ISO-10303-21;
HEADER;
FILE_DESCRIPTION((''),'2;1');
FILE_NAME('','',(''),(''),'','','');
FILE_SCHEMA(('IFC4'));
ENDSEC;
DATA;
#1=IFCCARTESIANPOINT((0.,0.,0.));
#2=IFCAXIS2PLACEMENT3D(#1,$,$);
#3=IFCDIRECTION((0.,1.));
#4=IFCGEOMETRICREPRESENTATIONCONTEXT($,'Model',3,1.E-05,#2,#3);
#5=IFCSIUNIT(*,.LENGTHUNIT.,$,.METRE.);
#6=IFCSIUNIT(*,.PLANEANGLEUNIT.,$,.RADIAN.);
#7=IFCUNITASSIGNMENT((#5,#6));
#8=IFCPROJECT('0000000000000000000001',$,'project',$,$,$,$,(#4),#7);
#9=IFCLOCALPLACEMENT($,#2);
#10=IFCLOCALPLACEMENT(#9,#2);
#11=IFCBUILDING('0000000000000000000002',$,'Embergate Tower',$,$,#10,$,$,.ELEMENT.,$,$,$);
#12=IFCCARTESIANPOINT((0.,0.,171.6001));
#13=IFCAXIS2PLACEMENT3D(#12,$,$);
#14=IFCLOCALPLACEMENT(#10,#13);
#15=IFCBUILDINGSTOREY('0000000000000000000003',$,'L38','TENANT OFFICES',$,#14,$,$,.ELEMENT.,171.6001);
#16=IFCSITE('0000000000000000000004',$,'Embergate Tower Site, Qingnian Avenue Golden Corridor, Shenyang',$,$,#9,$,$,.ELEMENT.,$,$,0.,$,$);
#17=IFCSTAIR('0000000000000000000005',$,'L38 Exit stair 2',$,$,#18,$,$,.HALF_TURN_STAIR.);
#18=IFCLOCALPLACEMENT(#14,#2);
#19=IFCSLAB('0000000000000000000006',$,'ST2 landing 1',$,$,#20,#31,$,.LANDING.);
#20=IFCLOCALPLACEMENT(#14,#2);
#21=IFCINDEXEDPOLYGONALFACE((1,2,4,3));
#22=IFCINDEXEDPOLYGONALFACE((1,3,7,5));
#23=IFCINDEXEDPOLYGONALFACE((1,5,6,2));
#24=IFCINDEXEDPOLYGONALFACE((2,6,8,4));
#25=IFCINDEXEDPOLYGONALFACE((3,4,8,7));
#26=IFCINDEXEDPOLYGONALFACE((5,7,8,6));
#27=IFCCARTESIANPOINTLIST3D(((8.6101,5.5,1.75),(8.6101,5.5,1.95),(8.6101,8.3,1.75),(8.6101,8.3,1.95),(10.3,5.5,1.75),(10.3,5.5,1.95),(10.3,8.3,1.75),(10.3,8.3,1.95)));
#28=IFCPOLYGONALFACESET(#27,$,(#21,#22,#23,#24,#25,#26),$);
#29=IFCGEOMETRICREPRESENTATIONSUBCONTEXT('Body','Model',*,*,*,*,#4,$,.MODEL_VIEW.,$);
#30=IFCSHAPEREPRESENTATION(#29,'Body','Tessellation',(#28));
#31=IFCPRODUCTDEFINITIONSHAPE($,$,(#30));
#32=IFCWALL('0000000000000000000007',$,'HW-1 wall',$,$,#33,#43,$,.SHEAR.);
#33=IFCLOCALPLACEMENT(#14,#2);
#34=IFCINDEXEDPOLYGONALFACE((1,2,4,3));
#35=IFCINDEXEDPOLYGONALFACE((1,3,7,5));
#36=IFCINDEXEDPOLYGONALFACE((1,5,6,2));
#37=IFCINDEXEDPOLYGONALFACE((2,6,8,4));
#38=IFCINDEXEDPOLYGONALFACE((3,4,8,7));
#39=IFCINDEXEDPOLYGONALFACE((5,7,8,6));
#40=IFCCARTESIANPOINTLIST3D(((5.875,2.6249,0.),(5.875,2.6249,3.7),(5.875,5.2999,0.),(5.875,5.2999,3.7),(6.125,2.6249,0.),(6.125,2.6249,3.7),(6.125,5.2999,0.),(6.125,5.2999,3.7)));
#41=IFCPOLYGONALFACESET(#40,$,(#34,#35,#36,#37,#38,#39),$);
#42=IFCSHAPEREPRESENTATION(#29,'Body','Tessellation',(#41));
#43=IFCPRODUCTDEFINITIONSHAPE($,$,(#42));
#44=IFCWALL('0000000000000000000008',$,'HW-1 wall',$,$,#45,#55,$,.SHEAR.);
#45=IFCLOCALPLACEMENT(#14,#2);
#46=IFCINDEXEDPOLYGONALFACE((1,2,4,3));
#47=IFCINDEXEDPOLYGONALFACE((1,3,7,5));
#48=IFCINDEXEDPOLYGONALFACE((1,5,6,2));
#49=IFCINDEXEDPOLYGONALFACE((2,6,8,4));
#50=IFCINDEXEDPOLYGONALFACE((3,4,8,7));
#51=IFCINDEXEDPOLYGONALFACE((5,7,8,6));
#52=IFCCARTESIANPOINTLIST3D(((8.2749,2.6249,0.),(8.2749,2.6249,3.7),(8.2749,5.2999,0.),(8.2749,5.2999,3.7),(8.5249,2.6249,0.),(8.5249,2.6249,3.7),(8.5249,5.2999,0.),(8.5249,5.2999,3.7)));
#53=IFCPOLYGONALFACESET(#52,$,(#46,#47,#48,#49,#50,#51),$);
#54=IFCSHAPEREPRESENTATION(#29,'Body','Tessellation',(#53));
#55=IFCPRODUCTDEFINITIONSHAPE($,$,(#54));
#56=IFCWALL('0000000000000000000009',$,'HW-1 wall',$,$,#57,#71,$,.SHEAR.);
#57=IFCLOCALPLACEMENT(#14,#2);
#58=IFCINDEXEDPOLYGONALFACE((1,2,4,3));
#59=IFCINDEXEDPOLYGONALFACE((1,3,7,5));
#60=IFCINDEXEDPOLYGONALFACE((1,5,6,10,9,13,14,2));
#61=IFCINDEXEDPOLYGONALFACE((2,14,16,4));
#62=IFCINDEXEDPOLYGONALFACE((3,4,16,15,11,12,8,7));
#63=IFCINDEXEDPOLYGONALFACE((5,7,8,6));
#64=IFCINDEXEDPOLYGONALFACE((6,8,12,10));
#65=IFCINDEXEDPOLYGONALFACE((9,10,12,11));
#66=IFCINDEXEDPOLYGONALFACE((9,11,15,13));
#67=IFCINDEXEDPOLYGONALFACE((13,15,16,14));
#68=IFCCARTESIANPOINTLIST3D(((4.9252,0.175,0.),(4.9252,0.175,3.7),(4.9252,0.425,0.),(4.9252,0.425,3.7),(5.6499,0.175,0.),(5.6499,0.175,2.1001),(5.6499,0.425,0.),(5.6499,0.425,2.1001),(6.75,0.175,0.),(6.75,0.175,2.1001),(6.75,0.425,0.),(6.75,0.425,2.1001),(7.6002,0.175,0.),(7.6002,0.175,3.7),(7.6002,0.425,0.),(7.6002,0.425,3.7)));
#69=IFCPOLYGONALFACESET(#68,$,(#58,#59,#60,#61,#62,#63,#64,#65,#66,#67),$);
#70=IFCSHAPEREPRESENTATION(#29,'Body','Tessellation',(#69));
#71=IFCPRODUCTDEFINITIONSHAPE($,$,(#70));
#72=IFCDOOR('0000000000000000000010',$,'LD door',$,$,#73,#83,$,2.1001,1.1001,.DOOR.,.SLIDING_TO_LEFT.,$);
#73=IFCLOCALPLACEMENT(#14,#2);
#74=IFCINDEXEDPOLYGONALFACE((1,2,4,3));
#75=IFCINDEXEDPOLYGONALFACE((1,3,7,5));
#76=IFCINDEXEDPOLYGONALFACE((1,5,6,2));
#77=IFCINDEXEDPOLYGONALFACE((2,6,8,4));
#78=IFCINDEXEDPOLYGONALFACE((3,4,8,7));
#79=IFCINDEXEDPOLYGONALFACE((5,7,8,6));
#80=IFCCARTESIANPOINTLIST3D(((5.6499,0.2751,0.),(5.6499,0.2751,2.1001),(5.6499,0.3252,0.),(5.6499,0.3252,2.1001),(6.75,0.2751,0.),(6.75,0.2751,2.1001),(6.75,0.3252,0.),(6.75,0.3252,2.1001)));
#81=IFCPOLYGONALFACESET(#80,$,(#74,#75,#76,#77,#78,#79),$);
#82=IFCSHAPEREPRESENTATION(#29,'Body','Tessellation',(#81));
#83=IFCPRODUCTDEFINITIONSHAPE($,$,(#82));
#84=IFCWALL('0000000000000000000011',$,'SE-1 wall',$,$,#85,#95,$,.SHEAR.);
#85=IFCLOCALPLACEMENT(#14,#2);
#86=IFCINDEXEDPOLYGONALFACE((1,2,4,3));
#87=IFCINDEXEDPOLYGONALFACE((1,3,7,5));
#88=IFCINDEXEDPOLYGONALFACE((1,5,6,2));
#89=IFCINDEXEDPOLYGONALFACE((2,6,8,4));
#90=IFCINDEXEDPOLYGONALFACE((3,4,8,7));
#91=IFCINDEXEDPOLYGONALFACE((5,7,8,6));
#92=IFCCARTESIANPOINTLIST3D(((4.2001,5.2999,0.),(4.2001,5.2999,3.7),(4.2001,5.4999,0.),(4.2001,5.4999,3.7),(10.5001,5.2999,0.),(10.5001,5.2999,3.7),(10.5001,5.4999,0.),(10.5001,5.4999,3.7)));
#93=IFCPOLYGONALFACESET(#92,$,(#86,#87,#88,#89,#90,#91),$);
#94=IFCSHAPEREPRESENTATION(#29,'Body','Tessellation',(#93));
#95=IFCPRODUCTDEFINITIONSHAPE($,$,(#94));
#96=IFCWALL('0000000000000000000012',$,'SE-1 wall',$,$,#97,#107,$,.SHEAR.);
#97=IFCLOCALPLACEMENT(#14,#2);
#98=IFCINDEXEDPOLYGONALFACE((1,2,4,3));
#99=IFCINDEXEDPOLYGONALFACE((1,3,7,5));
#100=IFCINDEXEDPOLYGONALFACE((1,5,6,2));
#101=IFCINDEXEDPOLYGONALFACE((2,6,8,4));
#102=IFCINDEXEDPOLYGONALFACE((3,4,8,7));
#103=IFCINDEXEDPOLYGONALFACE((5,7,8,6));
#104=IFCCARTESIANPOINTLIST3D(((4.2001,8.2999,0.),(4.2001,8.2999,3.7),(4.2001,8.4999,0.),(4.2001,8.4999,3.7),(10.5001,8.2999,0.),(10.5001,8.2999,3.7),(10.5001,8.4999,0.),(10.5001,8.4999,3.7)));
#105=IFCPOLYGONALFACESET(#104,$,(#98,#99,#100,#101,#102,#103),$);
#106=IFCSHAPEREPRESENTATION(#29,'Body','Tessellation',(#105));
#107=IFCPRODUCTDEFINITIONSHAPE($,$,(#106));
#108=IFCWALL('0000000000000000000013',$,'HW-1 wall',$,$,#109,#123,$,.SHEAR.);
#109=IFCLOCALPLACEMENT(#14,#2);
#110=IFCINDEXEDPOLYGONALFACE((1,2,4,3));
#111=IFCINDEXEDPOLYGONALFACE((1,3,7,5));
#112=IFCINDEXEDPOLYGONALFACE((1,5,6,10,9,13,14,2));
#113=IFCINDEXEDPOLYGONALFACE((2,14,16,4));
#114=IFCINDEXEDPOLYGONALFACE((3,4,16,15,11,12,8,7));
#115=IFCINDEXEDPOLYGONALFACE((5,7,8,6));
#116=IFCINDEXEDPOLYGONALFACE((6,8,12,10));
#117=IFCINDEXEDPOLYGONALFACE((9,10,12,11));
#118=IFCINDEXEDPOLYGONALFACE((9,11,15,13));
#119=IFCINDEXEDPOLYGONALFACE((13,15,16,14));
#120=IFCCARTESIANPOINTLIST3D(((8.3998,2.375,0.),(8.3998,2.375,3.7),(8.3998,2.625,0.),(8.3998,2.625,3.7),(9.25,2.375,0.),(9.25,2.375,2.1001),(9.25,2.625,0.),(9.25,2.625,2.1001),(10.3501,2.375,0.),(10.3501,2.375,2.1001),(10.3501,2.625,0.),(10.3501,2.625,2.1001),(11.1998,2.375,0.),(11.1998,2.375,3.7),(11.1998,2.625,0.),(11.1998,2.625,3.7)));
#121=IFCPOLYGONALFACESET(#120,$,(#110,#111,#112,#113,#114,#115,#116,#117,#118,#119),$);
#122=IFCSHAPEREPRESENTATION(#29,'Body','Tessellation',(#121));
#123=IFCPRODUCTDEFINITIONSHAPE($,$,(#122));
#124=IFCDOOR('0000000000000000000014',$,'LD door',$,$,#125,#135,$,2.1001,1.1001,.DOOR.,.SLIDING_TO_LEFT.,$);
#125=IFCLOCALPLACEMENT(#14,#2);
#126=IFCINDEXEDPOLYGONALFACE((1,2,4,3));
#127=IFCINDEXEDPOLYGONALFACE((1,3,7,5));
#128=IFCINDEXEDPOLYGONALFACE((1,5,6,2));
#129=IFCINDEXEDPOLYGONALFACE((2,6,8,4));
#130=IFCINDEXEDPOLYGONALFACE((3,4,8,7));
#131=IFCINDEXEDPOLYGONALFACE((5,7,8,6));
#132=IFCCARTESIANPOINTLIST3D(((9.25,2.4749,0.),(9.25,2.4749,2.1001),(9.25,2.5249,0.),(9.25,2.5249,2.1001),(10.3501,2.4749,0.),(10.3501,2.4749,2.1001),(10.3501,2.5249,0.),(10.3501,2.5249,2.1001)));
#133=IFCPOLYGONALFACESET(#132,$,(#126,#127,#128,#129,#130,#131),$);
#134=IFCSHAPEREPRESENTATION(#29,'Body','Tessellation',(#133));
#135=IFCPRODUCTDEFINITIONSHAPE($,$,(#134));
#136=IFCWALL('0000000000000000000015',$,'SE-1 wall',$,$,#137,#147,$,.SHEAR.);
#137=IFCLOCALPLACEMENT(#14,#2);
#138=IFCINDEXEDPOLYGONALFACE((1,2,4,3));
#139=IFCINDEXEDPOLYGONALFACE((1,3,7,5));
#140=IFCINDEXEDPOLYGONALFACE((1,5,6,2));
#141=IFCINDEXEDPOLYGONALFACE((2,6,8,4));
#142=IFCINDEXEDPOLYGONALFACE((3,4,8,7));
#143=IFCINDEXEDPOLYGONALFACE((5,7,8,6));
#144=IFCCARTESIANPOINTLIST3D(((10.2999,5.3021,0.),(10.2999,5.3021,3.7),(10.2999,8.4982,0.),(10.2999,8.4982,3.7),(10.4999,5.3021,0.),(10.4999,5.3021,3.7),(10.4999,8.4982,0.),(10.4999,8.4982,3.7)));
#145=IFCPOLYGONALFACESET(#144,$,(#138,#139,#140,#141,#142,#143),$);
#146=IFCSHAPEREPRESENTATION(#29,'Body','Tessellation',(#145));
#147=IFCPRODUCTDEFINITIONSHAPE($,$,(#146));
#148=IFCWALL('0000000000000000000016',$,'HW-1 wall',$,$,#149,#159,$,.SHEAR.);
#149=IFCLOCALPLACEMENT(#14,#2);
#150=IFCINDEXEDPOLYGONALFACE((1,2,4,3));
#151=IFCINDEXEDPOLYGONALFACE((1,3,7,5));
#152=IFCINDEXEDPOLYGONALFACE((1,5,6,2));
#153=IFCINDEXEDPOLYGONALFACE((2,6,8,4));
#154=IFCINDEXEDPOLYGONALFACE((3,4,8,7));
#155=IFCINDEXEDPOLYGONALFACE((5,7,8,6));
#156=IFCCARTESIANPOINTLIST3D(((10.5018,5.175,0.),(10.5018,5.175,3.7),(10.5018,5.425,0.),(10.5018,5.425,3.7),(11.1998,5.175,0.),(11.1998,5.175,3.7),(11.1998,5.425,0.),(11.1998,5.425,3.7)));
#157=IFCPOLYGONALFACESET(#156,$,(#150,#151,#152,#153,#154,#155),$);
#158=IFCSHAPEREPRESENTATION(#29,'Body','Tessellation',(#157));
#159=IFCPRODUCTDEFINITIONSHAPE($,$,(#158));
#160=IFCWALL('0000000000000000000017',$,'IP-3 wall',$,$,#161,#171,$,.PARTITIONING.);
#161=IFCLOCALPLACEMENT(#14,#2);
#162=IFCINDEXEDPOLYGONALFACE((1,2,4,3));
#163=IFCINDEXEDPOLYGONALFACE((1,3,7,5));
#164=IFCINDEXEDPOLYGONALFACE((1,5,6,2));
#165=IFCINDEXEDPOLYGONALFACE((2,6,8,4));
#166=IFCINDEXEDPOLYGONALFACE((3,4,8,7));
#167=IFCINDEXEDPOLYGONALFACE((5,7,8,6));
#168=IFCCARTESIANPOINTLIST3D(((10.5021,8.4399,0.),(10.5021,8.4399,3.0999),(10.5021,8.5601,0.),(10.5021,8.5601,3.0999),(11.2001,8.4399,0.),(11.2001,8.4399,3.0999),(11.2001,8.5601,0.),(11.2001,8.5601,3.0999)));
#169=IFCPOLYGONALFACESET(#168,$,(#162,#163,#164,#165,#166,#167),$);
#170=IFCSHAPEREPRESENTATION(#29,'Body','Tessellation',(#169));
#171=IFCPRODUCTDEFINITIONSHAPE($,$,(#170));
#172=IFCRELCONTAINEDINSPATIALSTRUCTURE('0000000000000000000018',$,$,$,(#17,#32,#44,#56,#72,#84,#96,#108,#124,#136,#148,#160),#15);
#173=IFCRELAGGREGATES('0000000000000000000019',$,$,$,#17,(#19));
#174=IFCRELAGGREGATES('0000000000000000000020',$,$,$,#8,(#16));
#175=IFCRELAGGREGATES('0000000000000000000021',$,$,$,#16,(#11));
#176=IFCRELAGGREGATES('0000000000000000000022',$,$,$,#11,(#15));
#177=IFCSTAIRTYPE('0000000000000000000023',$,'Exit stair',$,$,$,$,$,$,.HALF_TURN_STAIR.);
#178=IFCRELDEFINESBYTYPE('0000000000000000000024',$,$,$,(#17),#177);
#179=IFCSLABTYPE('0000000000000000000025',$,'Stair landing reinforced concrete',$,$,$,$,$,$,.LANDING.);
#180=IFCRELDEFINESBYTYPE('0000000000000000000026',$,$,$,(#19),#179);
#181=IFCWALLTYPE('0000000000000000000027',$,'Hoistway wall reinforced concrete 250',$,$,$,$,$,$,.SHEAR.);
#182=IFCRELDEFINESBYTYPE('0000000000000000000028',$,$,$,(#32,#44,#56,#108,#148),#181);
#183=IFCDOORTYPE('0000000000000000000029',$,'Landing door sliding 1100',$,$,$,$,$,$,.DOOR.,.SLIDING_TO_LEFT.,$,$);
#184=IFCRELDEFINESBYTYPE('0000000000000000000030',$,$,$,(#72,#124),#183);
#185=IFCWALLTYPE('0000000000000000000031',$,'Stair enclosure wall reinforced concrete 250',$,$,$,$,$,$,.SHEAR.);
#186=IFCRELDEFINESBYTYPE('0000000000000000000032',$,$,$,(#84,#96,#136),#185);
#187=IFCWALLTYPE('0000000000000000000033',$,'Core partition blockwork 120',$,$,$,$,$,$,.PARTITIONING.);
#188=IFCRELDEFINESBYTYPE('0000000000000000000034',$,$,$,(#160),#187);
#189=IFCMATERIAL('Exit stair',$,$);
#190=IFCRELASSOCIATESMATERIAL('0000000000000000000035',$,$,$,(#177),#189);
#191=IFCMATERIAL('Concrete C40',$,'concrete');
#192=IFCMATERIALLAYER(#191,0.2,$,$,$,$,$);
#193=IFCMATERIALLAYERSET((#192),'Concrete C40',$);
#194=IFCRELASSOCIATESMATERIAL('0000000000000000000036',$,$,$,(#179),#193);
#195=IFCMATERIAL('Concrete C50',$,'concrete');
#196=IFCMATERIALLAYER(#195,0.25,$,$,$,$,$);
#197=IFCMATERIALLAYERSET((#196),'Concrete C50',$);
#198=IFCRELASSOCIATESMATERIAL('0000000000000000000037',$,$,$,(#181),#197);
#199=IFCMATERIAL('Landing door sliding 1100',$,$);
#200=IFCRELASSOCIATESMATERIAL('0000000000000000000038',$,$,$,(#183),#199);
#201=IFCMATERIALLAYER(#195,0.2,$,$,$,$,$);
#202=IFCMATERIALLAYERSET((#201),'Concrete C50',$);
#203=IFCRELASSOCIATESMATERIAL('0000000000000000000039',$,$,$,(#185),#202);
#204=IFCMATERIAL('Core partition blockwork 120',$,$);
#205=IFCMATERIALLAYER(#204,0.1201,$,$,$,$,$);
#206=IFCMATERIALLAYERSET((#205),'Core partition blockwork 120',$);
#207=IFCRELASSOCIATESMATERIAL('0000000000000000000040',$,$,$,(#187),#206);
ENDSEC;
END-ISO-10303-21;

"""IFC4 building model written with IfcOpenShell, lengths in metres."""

from ifc_helpers import new_model, si_unit, direction, frame, frame_2d, origin, place, context, subcontext, project, spatial, polyline, rectangle, outline, extrude, source, transform, mapped, material, layer, layer_set, type_object, element, fill, aggregate, save


model = new_model("IFC4")

# Units and contexts
model_context = context("Model", 3, precision=1e-05, world=origin(), true_north=direction((0.0, 1.0)))
body_context = subcontext(model_context, "Body", "Model", "MODEL_VIEW")
ifc_project = project(units=[si_unit("LENGTHUNIT", "METRE"), si_unit("PLANEANGLEUNIT", "RADIAN")], contexts=[model_context])

# Site, building, storey
site_placement = place(None, origin())
site = spatial("IfcSite", under=ifc_project, at=site_placement, Name="Embergate Tower Site, Qingnian Avenue Golden Corridor, Shenyang", CompositionType="ELEMENT", RefElevation=0.0)
building_placement = place(site_placement, origin())
building = spatial("IfcBuilding", under=site, at=building_placement, Name="Embergate Tower", CompositionType="ELEMENT")
storey_placement = place(building_placement, frame((0.0, 0.0, 171.6001)))
storey = spatial("IfcBuildingStorey", under=building, at=storey_placement, Name="L38", Description="TENANT OFFICES", CompositionType="ELEMENT", Elevation=171.6001)

# Stair, slab
ifc_material_1 = material(Name="Exit stair")
stair_type = type_object("IfcStairType", Name="Exit stair", PredefinedType="HALF_TURN_STAIR", material=ifc_material_1)
stair_placement = place(storey_placement, origin())
stair = element("IfcStair", 1, at=stair_placement, inside=storey, type_object=stair_type, Name="L38 Exit stair 2", PredefinedType="HALF_TURN_STAIR")
ifc_material_2 = material(Name="Concrete C40", Category="concrete")
ifc_layer_1 = layer(ifc_material_2, 0.2)
ifc_layer_set_1 = layer_set([ifc_layer_1], Name="Concrete C40")
slab_type = type_object("IfcSlabType", Name="Stair landing reinforced concrete", PredefinedType="LANDING", material=ifc_layer_set_1)
shared_shape_1 = source(origin(), body_context, "Body", "SweptSolid", [
    extrude(outline(polyline([(0.0, 0.0), (1.6899, 0.0), (1.6899, 2.8), (0.0, 2.8), (0.0, 0.0)])), origin(), (0.0, 0.0, 1.0), 0.2),
])
slab_placement = place(storey_placement, frame((8.6101, 5.5, 1.75)))
slab = element("IfcSlab", 2, at=slab_placement, type_object=slab_type, Name="ST2 landing 1", PredefinedType="LANDING", context=body_context, shape_type="MappedRepresentation", body=[
    mapped(shared_shape_1, transform((0.0, 0.0, 0.0))),
])

# Walls
ifc_material_3 = material(Name="Concrete C50", Category="concrete")
ifc_layer_2 = layer(ifc_material_3, 0.25)
ifc_layer_set_2 = layer_set([ifc_layer_2], Name="Concrete C50")
wall_type_1 = type_object("IfcWallType", Name="Hoistway wall reinforced concrete 250", PredefinedType="SHEAR", material=ifc_layer_set_2)
shared_shape_2 = source(origin(), body_context, "Body", "SweptSolid", [
    extrude(rectangle(XDim=2.675, YDim=0.25, at=frame_2d((1.3374, 0.0))), origin(), (0.0, 0.0, 1.0), 3.7),
])
for number, where, z_axis, x_axis, name in (
    (3, (6.0, 2.625, 0.0), (0.0, 0.0, 1.0), (0.0, 1.0, 0.0), "HW-1 wall"),
    (4, (8.3999, 2.625, 0.0), (0.0, 0.0, 1.0), (0.0, 1.0, 0.0), "HW-1 wall"),
):
    element("IfcWall", number, at=place(storey_placement, frame(where, z_axis=z_axis, x_axis=x_axis)), inside=storey, type_object=wall_type_1, Name=name, PredefinedType="SHEAR", context=body_context, shape_type="MappedRepresentation", body=[
        mapped(shared_shape_2, transform((0.0, 0.0, 0.0))),
    ])

# Wall, opening, door
wall_1_placement = place(storey_placement, frame((7.6001, 0.3, 0.0), z_axis=(0.0, 0.0, 1.0), x_axis=(-1.0, 0.0, 0.0)))
wall_1 = element("IfcWall", 5, at=wall_1_placement, inside=storey, type_object=wall_type_1, Name="HW-1 wall", PredefinedType="SHEAR", context=body_context, shape_type="MappedRepresentation", body=[
    mapped(shared_shape_2, transform((0.0, 0.0, 0.0))),
])
shared_shape_3 = source(origin(), body_context, "Body", "SweptSolid", [
    extrude(rectangle(XDim=1.1001, YDim=2.1001, at=frame_2d((0.55, 1.05))), frame((0.0, 0.135, 0.0), z_axis=(0.0, -1.0, 0.0), x_axis=(1.0, 0.0, 0.0)), (0.0, 0.0, 1.0), 0.27),
])
opening_1_placement = place(wall_1_placement, frame((0.8501, 0.0, 0.0)))
opening_1 = element("IfcOpeningElement", 6, at=opening_1_placement, cuts=wall_1, PredefinedType="OPENING", context=body_context, shape_type="MappedRepresentation", body=[
    mapped(shared_shape_3, transform((0.0, 0.0, 0.0))),
])
ifc_material_4 = material(Name="Landing door sliding 1100")
door_type_1 = type_object("IfcDoorType", Name="Landing door sliding 1100", OperationType="SLIDING_TO_LEFT", PredefinedType="DOOR", material=ifc_material_4)
shared_shape_4 = source(origin(), body_context, "Body", "SweptSolid", [
    extrude(rectangle(XDim=1.1001, YDim=2.1001, at=frame_2d((0.55, 1.05))), frame((0.0, 0.0249, 0.0), z_axis=(0.0, -1.0, 0.0), x_axis=(1.0, 0.0, 0.0)), (0.0, 0.0, 1.0), 0.05),
])
door_1_placement = place(opening_1_placement, origin())
door_1 = element("IfcDoor", 7, at=door_1_placement, inside=storey, type_object=door_type_1, Name="LD door", OperationType="SLIDING_TO_LEFT", OverallHeight=2.1001, OverallWidth=1.1001, PredefinedType="DOOR", context=body_context, shape_type="MappedRepresentation", body=[
    mapped(shared_shape_4, transform((0.0, 0.0, 0.0))),
])
fill(opening_1, door_1)

# Walls
ifc_layer_3 = layer(ifc_material_3, 0.2)
ifc_layer_set_3 = layer_set([ifc_layer_3], Name="Concrete C50")
wall_type_2 = type_object("IfcWallType", Name="Stair enclosure wall reinforced concrete 250", PredefinedType="SHEAR", material=ifc_layer_set_3)
shared_shape_5 = source(origin(), body_context, "Body", "SweptSolid", [
    extrude(rectangle(XDim=6.3, YDim=0.2, at=frame_2d((3.1499, 0.0))), origin(), (0.0, 0.0, 1.0), 3.7),
])
for number, where, z_axis, x_axis, name in (
    (8, (10.5, 5.3999, 0.0), (0.0, 0.0, 1.0), (-1.0, 0.0, 0.0), "SE-1 wall"),
    (9, (10.5, 8.3999, 0.0), (0.0, 0.0, 1.0), (-1.0, 0.0, 0.0), "SE-1 wall"),
):
    element("IfcWall", number, at=place(storey_placement, frame(where, z_axis=z_axis, x_axis=x_axis)), inside=storey, type_object=wall_type_2, Name=name, PredefinedType="SHEAR", context=body_context, shape_type="MappedRepresentation", body=[
        mapped(shared_shape_5, transform((0.0, 0.0, 0.0))),
    ])

# Wall, opening, door
shared_shape_6 = source(origin(), body_context, "Body", "SweptSolid", [
    extrude(rectangle(XDim=2.8, YDim=0.25, at=frame_2d((1.3999, 0.0))), origin(), (0.0, 0.0, 1.0), 3.7),
])
wall_2_placement = place(storey_placement, frame((8.3999, 2.5, 0.0), z_axis=(0.0, 0.0, 1.0), x_axis=(1.0, 0.0, 0.0)))
wall_2 = element("IfcWall", 10, at=wall_2_placement, inside=storey, type_object=wall_type_1, Name="HW-1 wall", PredefinedType="SHEAR", context=body_context, shape_type="MappedRepresentation", body=[
    mapped(shared_shape_6, transform((0.0, 0.0, 0.0))),
])
opening_2_placement = place(wall_2_placement, frame((0.8501, 0.0, 0.0)))
opening_2 = element("IfcOpeningElement", 11, at=opening_2_placement, cuts=wall_2, PredefinedType="OPENING", context=body_context, shape_type="MappedRepresentation", body=[
    mapped(shared_shape_3, transform((0.0, 0.0, 0.0))),
])
door_2_placement = place(opening_2_placement, origin())
door_2 = element("IfcDoor", 12, at=door_2_placement, inside=storey, type_object=door_type_1, Name="LD door", OperationType="SLIDING_TO_LEFT", OverallHeight=2.1001, OverallWidth=1.1001, PredefinedType="DOOR", context=body_context, shape_type="MappedRepresentation", body=[
    mapped(shared_shape_4, transform((0.0, 0.0, 0.0))),
])
fill(opening_2, door_2)

# Walls
shared_shape_7 = source(origin(), body_context, "Body", "SweptSolid", [
    extrude(rectangle(XDim=3.196, YDim=0.2, at=frame_2d((1.5981, 0.0))), origin(), (0.0, 0.0, 1.0), 3.7),
])
wall_3_placement = place(storey_placement, frame((10.3999, 5.302, 0.0), z_axis=(0.0, 0.0, 1.0), x_axis=(0.0, 1.0, 0.0)))
element("IfcWall", 13, at=wall_3_placement, inside=storey, type_object=wall_type_2, Name="SE-1 wall", PredefinedType="SHEAR", context=body_context, shape_type="MappedRepresentation", body=[
    mapped(shared_shape_7, transform((0.0, 0.0, 0.0))),
])
shared_shape_8 = source(origin(), body_context, "Body", "SweptSolid", [
    extrude(rectangle(XDim=0.698, YDim=0.25, at=frame_2d((0.3491, 0.0))), origin(), (0.0, 0.0, 1.0), 3.7),
])
wall_4_placement = place(storey_placement, frame((11.2, 5.3, 0.0), z_axis=(0.0, 0.0, 1.0), x_axis=(-1.0, 0.0, 0.0)))
element("IfcWall", 14, at=wall_4_placement, inside=storey, type_object=wall_type_1, Name="HW-1 wall", PredefinedType="SHEAR", context=body_context, shape_type="MappedRepresentation", body=[
    mapped(shared_shape_8, transform((0.0, 0.0, 0.0))),
])
ifc_material_5 = material(Name="Core partition blockwork 120")
ifc_layer_4 = layer(ifc_material_5, 0.1201)
ifc_layer_set_4 = layer_set([ifc_layer_4], Name="Core partition blockwork 120")
wall_type_3 = type_object("IfcWallType", Name="Core partition blockwork 120", PredefinedType="PARTITIONING", material=ifc_layer_set_4)
shared_shape_9 = source(origin(), body_context, "Body", "SweptSolid", [
    extrude(rectangle(XDim=0.698, YDim=0.1201, at=frame_2d((0.3491, 0.0))), origin(), (0.0, 0.0, 1.0), 3.0999),
])
wall_5_placement = place(storey_placement, frame((10.502, 8.5, 0.0), z_axis=(0.0, 0.0, 1.0), x_axis=(1.0, 0.0, 0.0)))
element("IfcWall", 15, at=wall_5_placement, inside=storey, type_object=wall_type_3, Name="IP-3 wall", PredefinedType="PARTITIONING", context=body_context, shape_type="MappedRepresentation", body=[
    mapped(shared_shape_9, transform((0.0, 0.0, 0.0))),
])

aggregate(stair, [slab])

save(model, "model.ifc")
